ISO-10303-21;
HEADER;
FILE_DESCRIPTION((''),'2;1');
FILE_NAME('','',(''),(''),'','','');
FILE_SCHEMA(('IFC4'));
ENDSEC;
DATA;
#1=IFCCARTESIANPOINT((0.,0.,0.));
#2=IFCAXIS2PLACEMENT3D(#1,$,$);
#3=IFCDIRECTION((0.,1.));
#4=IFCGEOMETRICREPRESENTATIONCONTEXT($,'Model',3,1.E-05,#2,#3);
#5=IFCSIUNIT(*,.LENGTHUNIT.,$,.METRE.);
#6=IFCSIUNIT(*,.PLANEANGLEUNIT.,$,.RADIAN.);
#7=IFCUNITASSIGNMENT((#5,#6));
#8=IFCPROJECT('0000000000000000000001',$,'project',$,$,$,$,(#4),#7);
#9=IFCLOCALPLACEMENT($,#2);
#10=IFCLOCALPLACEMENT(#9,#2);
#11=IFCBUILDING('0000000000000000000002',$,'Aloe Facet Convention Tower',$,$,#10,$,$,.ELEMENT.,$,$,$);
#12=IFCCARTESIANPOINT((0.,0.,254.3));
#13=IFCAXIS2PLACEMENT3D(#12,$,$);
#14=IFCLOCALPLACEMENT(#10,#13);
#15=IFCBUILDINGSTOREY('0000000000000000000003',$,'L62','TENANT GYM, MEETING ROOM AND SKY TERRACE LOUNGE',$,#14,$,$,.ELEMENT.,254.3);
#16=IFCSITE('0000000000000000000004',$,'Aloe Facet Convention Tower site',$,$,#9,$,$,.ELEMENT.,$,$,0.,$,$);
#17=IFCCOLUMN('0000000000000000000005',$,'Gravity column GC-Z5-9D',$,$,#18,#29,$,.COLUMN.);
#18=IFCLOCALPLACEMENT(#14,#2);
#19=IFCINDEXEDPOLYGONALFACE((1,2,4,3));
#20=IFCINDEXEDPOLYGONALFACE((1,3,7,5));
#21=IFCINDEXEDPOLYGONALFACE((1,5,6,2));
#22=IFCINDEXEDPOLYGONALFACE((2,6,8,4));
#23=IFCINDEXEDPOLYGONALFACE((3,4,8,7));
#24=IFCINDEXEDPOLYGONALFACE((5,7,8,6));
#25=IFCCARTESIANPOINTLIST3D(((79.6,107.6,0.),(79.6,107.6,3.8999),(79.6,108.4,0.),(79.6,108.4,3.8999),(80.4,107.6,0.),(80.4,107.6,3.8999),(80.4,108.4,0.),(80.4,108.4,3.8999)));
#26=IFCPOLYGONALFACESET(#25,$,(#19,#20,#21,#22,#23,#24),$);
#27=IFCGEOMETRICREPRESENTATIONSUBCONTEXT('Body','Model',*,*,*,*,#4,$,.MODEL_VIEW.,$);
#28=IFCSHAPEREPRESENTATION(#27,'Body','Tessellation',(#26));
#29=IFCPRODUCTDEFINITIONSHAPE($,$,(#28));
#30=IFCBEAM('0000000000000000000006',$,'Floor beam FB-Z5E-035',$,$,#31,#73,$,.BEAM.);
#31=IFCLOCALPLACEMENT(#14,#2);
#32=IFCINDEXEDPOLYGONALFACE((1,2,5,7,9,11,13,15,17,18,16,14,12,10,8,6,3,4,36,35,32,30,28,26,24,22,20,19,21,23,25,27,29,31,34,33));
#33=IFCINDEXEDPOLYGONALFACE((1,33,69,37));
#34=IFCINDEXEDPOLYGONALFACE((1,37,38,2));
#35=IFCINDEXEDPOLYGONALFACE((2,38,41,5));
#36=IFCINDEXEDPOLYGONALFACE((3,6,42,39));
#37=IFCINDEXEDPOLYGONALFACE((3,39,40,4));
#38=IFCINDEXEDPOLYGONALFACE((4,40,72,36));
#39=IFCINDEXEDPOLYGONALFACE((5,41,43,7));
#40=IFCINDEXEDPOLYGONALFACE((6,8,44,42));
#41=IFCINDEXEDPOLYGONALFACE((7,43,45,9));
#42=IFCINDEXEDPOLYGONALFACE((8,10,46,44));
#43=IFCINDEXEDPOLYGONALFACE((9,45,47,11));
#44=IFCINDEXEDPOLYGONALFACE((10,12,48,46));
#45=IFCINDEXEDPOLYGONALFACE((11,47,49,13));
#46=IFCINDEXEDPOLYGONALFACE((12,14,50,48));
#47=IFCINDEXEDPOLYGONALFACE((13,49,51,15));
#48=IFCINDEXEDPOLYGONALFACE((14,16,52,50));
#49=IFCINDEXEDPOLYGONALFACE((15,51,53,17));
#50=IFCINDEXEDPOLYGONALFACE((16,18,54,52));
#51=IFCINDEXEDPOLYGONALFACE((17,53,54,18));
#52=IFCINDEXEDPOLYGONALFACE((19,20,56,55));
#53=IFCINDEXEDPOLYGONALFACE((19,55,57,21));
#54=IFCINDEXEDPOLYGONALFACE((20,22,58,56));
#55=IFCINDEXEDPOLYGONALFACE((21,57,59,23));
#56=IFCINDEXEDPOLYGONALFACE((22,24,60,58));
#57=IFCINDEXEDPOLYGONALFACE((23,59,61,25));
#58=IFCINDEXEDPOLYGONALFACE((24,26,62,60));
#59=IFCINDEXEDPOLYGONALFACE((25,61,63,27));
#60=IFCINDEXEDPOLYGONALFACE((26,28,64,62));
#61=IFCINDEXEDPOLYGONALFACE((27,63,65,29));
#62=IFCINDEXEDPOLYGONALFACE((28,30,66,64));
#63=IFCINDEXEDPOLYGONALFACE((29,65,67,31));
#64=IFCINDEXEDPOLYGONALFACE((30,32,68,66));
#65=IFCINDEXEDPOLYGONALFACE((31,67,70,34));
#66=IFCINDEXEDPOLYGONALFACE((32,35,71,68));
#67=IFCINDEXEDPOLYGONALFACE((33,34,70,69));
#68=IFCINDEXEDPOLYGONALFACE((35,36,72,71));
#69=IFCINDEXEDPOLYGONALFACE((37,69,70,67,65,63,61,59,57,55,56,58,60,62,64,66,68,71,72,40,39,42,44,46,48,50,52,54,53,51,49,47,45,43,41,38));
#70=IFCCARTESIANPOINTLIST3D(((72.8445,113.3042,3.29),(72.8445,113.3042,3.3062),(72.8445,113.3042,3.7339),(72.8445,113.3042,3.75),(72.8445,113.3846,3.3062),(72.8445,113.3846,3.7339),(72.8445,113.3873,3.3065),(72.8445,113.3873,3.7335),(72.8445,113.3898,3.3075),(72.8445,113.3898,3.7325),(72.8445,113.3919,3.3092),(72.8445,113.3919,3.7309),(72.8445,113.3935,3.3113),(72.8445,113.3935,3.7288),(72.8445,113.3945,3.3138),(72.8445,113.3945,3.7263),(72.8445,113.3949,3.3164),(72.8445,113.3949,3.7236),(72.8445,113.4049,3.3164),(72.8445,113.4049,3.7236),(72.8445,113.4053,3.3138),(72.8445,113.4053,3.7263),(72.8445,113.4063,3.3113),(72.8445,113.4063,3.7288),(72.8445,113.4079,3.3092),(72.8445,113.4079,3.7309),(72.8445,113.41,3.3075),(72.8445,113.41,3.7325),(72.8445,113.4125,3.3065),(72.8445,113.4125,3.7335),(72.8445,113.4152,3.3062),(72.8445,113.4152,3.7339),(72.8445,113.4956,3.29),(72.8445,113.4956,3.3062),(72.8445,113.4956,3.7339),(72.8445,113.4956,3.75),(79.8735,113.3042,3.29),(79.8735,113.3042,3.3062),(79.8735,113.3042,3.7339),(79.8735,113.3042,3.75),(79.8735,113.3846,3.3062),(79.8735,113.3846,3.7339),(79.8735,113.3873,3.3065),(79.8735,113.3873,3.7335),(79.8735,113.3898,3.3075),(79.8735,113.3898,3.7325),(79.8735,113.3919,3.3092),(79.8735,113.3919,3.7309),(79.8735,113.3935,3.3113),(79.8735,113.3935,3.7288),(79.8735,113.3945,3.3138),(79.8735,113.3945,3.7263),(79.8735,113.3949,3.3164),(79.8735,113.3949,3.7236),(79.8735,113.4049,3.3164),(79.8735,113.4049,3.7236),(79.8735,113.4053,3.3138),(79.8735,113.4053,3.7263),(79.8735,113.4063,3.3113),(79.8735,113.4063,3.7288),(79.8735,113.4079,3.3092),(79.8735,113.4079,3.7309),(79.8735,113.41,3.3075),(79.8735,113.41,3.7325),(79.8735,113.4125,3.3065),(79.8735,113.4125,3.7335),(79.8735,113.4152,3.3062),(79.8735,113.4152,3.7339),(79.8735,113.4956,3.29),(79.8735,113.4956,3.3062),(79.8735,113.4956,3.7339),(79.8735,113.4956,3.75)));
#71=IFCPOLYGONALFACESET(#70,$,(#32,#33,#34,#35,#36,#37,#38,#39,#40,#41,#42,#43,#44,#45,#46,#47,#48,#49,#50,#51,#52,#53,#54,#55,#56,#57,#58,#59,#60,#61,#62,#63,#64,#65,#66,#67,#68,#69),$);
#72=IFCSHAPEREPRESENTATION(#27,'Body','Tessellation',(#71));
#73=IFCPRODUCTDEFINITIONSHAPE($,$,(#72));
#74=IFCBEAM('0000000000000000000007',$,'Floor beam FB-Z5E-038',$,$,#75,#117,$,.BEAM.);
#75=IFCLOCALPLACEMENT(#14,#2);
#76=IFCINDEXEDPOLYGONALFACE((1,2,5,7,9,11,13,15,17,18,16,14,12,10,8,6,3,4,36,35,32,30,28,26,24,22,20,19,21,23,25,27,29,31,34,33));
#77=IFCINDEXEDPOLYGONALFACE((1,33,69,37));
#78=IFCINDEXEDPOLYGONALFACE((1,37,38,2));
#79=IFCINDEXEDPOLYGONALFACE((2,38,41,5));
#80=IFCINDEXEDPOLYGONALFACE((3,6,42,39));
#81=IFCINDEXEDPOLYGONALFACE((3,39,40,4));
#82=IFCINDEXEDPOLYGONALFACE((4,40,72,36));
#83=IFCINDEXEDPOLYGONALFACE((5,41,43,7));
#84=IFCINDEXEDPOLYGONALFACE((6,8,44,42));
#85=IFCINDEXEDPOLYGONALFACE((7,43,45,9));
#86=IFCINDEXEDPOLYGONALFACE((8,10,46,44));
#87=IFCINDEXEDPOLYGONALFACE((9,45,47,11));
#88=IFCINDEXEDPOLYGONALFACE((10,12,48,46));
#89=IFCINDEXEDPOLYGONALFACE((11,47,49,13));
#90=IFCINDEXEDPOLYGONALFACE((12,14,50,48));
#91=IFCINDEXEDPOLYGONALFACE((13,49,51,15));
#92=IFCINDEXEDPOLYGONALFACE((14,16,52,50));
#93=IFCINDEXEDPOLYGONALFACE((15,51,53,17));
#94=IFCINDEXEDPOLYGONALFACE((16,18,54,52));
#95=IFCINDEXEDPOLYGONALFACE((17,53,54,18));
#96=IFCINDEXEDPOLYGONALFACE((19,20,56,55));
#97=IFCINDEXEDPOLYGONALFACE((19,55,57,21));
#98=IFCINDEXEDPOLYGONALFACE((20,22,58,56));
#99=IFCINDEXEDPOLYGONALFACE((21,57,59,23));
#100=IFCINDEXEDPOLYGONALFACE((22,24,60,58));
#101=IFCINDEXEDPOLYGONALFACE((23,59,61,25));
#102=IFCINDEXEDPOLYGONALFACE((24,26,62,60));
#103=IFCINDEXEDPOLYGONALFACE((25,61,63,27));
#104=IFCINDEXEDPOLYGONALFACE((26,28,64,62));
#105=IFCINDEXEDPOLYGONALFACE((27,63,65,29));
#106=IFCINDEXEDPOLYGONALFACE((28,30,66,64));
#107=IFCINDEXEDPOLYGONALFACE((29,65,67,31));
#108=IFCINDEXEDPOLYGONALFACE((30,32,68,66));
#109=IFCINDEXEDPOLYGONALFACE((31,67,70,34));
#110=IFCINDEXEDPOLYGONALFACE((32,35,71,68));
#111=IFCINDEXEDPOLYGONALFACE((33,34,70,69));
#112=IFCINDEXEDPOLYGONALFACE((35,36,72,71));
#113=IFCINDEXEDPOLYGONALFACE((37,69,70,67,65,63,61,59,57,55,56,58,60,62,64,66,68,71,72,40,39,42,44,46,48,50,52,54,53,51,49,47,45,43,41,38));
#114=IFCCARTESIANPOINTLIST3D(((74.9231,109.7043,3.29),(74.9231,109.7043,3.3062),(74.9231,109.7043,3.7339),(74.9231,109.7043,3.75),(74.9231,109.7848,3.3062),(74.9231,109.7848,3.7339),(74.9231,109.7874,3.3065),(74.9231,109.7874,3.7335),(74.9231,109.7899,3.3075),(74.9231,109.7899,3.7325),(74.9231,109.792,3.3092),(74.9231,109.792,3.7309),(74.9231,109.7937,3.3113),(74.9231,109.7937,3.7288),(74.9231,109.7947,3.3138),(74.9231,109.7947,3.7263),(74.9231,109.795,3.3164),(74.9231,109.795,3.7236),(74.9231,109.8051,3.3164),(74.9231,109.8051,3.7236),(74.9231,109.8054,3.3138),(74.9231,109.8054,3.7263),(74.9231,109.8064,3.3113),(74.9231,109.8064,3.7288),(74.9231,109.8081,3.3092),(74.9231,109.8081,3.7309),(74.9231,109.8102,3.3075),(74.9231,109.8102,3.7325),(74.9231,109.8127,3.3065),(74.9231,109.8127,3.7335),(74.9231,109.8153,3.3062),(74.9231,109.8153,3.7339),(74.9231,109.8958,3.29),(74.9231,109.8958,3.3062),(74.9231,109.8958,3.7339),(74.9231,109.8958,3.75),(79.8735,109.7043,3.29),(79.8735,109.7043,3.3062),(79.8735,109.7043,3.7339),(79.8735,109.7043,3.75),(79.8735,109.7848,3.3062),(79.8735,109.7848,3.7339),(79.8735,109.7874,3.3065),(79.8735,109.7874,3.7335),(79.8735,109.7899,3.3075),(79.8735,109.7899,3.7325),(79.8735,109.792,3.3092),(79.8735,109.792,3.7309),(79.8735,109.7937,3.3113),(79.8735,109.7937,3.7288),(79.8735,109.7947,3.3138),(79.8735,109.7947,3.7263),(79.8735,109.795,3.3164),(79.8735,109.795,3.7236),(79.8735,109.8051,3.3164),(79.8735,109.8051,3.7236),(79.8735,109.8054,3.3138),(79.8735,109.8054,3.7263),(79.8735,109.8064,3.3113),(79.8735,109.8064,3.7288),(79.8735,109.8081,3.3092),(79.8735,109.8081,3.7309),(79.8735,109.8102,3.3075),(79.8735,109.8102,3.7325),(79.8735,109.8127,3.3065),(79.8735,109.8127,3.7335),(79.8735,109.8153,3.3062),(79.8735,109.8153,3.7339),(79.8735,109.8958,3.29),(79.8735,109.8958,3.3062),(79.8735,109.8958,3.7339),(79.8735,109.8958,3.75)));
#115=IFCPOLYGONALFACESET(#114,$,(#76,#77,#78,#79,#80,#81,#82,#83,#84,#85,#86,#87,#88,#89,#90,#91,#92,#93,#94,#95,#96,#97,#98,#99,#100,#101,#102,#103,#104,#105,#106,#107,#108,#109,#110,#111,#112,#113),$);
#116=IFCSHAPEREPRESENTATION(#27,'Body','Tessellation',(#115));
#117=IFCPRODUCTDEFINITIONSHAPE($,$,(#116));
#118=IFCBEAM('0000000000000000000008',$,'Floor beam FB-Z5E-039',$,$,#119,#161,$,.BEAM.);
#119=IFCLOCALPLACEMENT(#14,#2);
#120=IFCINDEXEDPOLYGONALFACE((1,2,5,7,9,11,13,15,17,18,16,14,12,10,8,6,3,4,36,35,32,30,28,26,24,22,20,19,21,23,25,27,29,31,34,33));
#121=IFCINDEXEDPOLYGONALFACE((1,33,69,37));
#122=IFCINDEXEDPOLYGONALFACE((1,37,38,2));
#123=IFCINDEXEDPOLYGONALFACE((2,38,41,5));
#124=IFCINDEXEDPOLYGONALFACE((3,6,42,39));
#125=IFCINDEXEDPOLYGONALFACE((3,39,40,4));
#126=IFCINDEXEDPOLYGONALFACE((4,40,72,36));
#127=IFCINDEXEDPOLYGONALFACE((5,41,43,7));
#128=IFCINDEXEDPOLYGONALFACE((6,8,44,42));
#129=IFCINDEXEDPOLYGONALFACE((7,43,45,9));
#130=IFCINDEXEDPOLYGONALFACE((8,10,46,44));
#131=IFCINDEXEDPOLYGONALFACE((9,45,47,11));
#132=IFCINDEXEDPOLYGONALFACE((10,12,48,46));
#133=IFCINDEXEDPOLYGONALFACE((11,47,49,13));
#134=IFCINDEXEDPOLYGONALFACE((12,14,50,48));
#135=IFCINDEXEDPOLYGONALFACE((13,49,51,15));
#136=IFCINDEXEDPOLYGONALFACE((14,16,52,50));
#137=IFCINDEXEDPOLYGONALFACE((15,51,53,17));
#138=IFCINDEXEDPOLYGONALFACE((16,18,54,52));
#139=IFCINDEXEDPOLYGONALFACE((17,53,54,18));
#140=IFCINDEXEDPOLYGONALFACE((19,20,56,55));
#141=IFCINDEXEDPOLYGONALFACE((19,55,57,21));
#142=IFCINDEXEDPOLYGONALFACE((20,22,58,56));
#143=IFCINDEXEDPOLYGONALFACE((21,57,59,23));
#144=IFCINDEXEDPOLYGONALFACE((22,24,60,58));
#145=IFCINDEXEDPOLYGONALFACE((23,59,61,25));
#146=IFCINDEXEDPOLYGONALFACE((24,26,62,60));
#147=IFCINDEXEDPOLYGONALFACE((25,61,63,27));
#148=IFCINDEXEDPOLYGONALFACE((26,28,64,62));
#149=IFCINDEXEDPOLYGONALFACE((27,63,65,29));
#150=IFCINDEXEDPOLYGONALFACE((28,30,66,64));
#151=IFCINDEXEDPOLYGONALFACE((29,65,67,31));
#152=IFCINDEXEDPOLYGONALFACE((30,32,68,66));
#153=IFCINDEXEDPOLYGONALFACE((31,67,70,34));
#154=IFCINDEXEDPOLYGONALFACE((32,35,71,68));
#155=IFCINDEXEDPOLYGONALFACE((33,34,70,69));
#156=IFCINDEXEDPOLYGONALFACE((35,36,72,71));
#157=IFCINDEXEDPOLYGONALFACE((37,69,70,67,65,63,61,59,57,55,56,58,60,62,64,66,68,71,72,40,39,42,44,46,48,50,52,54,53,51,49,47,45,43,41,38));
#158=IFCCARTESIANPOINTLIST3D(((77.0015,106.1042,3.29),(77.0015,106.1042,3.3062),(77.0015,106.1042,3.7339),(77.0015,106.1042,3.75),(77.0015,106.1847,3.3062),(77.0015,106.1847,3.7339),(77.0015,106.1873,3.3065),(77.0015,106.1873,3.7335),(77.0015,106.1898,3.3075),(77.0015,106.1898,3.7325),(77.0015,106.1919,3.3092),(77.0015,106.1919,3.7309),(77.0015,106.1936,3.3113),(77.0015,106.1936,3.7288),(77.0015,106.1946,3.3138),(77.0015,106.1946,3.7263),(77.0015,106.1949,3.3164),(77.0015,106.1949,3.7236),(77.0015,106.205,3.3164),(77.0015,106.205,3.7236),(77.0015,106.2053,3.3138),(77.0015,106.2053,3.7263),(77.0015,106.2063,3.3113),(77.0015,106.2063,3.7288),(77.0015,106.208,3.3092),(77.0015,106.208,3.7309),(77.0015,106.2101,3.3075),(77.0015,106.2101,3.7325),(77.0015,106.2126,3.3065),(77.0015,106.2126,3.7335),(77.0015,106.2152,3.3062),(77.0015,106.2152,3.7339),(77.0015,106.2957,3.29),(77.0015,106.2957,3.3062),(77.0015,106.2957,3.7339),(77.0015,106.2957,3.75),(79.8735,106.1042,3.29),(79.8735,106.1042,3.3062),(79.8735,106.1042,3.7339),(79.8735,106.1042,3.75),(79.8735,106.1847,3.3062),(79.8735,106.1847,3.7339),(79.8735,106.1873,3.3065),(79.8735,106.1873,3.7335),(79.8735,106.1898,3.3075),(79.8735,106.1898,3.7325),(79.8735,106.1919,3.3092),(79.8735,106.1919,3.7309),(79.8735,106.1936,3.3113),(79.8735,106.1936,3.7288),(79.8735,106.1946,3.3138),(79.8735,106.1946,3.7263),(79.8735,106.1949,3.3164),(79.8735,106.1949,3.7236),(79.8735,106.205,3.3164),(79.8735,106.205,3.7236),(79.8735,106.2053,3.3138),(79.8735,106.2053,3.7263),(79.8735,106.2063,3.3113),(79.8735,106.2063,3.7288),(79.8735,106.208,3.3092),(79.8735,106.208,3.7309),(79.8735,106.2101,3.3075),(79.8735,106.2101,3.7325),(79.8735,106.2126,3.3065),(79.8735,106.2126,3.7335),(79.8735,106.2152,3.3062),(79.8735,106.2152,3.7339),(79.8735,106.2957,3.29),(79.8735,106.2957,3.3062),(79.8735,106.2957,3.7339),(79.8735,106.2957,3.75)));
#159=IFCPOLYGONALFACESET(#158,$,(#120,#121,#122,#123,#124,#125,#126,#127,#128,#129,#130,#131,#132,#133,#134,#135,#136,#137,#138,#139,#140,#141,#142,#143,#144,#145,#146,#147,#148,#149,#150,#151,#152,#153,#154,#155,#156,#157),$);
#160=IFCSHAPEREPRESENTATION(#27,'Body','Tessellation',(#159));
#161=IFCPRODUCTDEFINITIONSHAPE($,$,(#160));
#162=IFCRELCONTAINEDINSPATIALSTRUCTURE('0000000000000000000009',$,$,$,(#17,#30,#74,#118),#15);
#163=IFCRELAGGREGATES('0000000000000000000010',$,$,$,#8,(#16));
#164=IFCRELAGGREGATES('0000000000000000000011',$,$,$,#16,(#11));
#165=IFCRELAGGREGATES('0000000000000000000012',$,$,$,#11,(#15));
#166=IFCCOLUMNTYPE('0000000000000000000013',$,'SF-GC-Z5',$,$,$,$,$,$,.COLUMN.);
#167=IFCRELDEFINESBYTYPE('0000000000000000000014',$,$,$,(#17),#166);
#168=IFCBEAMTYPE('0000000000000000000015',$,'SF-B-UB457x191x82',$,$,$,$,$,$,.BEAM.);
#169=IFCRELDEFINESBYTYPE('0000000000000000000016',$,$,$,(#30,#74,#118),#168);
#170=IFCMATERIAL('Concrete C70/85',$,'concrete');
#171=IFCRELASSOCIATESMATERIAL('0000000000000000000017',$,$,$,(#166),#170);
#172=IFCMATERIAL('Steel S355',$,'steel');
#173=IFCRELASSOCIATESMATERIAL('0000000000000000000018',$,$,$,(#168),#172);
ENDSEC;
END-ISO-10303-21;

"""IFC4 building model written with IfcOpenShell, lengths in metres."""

from ifc_helpers import new_model, si_unit, direction, frame, origin, origin_2d, place, context, subcontext, project, spatial, rectangle, i_section, extrude, material, material_profile, profile_set, type_object, element, save


model = new_model("IFC4")

# Units and contexts
model_context = context("Model", 3, precision=1e-05, world=origin(), true_north=direction((0.0, 1.0)))
body_context = subcontext(model_context, "Body", "Model", "MODEL_VIEW")
ifc_project = project(units=[si_unit("LENGTHUNIT", "METRE"), si_unit("PLANEANGLEUNIT", "RADIAN")], contexts=[model_context])

# Site, building, storey
site_placement = place(None, origin())
site = spatial("IfcSite", under=ifc_project, at=site_placement, Name="Aloe Facet Convention Tower site", CompositionType="ELEMENT", RefElevation=0.0)
building_placement = place(site_placement, origin())
building = spatial("IfcBuilding", under=site, at=building_placement, Name="Aloe Facet Convention Tower", CompositionType="ELEMENT")
storey_placement = place(building_placement, frame((0.0, 0.0, 254.3)))
storey = spatial("IfcBuildingStorey", under=building, at=storey_placement, Name="L62", Description="TENANT GYM, MEETING ROOM AND SKY TERRACE LOUNGE", CompositionType="ELEMENT", Elevation=254.3)

# Column
ifc_material_1 = material(Name="Concrete C70/85", Category="concrete")
ifc_material_profile_1 = material_profile(ifc_material_1, rectangle(XDim=0.8, YDim=0.8, at=origin_2d()), Name="SF-GC-Z5")
ifc_profile_set_1 = profile_set([ifc_material_profile_1], Name="Concrete C70/85")
column_type = type_object("IfcColumnType", Name="SF-GC-Z5", PredefinedType="COLUMN", material=ifc_profile_set_1)
column_placement = place(storey_placement, frame((80.0, 108.0, 0.0), z_axis=(0.0, 0.0, 1.0), x_axis=(1.0, 0.0, 0.0)))
element("IfcColumn", 1, at=column_placement, inside=storey, type_object=column_type, Name="Gravity column GC-Z5-9D", PredefinedType="COLUMN", context=body_context, shape_type="SweptSolid", body=[
    extrude(rectangle(XDim=0.8, YDim=0.8, at=origin_2d()), origin(), (0.0, 0.0, 1.0), 3.8999),
])

# Beams
ifc_material_2 = material(Name="Steel S355", Category="steel")
ifc_material_profile_2 = material_profile(ifc_material_2, i_section(OverallWidth=0.1914, OverallDepth=0.46, WebThickness=0.01, FlangeThickness=0.0161, FilletRadius=0.0103, at=origin_2d()), Name="UB 457x191x82")
ifc_profile_set_2 = profile_set([ifc_material_profile_2], Name="Steel S355")
beam_type_1 = type_object("IfcBeamType", Name="SF-B-UB457x191x82", PredefinedType="BEAM", material=ifc_profile_set_2)
beam_1_placement = place(storey_placement, frame((72.8445, 113.3999, 3.52), z_axis=(1.0, 0.0, 0.0), x_axis=(0.0, 1.0, 0.0)))
element("IfcBeam", 2, at=beam_1_placement, inside=storey, type_object=beam_type_1, Name="Floor beam FB-Z5E-035", PredefinedType="BEAM", context=body_context, shape_type="SweptSolid", body=[
    extrude(i_section(OverallWidth=0.1914, OverallDepth=0.46, WebThickness=0.01, FlangeThickness=0.0161, FilletRadius=0.0103, at=origin_2d()), origin(), (0.0, 0.0, 1.0), 7.0291),
])
beam_2_placement = place(storey_placement, frame((74.9231, 109.8, 3.52), z_axis=(1.0, 0.0, 0.0), x_axis=(0.0, 1.0, 0.0)))
element("IfcBeam", 3, at=beam_2_placement, inside=storey, type_object=beam_type_1, Name="Floor beam FB-Z5E-038", PredefinedType="BEAM", context=body_context, shape_type="SweptSolid", body=[
    extrude(i_section(OverallWidth=0.1914, OverallDepth=0.46, WebThickness=0.01, FlangeThickness=0.0161, FilletRadius=0.0103, at=origin_2d()), origin(), (0.0, 0.0, 1.0), 4.9504),
])
for number, where, z_axis, x_axis, name in (
    (4, (77.0015, 106.2, 3.52), (1.0, 0.0, 0.0), (0.0, 1.0, 0.0), "Floor beam FB-Z5E-039"),
):
    element("IfcBeam", number, at=place(storey_placement, frame(where, z_axis=z_axis, x_axis=x_axis)), inside=storey, type_object=beam_type_1, Name=name, PredefinedType="BEAM", context=body_context, shape_type="SweptSolid", body=[
        extrude(i_section(OverallWidth=0.1914, OverallDepth=0.46, WebThickness=0.01, FlangeThickness=0.0161, FilletRadius=0.0103, at=origin_2d()), origin(), (0.0, 0.0, 1.0), 2.8721),
    ])

save(model, "model.ifc")
